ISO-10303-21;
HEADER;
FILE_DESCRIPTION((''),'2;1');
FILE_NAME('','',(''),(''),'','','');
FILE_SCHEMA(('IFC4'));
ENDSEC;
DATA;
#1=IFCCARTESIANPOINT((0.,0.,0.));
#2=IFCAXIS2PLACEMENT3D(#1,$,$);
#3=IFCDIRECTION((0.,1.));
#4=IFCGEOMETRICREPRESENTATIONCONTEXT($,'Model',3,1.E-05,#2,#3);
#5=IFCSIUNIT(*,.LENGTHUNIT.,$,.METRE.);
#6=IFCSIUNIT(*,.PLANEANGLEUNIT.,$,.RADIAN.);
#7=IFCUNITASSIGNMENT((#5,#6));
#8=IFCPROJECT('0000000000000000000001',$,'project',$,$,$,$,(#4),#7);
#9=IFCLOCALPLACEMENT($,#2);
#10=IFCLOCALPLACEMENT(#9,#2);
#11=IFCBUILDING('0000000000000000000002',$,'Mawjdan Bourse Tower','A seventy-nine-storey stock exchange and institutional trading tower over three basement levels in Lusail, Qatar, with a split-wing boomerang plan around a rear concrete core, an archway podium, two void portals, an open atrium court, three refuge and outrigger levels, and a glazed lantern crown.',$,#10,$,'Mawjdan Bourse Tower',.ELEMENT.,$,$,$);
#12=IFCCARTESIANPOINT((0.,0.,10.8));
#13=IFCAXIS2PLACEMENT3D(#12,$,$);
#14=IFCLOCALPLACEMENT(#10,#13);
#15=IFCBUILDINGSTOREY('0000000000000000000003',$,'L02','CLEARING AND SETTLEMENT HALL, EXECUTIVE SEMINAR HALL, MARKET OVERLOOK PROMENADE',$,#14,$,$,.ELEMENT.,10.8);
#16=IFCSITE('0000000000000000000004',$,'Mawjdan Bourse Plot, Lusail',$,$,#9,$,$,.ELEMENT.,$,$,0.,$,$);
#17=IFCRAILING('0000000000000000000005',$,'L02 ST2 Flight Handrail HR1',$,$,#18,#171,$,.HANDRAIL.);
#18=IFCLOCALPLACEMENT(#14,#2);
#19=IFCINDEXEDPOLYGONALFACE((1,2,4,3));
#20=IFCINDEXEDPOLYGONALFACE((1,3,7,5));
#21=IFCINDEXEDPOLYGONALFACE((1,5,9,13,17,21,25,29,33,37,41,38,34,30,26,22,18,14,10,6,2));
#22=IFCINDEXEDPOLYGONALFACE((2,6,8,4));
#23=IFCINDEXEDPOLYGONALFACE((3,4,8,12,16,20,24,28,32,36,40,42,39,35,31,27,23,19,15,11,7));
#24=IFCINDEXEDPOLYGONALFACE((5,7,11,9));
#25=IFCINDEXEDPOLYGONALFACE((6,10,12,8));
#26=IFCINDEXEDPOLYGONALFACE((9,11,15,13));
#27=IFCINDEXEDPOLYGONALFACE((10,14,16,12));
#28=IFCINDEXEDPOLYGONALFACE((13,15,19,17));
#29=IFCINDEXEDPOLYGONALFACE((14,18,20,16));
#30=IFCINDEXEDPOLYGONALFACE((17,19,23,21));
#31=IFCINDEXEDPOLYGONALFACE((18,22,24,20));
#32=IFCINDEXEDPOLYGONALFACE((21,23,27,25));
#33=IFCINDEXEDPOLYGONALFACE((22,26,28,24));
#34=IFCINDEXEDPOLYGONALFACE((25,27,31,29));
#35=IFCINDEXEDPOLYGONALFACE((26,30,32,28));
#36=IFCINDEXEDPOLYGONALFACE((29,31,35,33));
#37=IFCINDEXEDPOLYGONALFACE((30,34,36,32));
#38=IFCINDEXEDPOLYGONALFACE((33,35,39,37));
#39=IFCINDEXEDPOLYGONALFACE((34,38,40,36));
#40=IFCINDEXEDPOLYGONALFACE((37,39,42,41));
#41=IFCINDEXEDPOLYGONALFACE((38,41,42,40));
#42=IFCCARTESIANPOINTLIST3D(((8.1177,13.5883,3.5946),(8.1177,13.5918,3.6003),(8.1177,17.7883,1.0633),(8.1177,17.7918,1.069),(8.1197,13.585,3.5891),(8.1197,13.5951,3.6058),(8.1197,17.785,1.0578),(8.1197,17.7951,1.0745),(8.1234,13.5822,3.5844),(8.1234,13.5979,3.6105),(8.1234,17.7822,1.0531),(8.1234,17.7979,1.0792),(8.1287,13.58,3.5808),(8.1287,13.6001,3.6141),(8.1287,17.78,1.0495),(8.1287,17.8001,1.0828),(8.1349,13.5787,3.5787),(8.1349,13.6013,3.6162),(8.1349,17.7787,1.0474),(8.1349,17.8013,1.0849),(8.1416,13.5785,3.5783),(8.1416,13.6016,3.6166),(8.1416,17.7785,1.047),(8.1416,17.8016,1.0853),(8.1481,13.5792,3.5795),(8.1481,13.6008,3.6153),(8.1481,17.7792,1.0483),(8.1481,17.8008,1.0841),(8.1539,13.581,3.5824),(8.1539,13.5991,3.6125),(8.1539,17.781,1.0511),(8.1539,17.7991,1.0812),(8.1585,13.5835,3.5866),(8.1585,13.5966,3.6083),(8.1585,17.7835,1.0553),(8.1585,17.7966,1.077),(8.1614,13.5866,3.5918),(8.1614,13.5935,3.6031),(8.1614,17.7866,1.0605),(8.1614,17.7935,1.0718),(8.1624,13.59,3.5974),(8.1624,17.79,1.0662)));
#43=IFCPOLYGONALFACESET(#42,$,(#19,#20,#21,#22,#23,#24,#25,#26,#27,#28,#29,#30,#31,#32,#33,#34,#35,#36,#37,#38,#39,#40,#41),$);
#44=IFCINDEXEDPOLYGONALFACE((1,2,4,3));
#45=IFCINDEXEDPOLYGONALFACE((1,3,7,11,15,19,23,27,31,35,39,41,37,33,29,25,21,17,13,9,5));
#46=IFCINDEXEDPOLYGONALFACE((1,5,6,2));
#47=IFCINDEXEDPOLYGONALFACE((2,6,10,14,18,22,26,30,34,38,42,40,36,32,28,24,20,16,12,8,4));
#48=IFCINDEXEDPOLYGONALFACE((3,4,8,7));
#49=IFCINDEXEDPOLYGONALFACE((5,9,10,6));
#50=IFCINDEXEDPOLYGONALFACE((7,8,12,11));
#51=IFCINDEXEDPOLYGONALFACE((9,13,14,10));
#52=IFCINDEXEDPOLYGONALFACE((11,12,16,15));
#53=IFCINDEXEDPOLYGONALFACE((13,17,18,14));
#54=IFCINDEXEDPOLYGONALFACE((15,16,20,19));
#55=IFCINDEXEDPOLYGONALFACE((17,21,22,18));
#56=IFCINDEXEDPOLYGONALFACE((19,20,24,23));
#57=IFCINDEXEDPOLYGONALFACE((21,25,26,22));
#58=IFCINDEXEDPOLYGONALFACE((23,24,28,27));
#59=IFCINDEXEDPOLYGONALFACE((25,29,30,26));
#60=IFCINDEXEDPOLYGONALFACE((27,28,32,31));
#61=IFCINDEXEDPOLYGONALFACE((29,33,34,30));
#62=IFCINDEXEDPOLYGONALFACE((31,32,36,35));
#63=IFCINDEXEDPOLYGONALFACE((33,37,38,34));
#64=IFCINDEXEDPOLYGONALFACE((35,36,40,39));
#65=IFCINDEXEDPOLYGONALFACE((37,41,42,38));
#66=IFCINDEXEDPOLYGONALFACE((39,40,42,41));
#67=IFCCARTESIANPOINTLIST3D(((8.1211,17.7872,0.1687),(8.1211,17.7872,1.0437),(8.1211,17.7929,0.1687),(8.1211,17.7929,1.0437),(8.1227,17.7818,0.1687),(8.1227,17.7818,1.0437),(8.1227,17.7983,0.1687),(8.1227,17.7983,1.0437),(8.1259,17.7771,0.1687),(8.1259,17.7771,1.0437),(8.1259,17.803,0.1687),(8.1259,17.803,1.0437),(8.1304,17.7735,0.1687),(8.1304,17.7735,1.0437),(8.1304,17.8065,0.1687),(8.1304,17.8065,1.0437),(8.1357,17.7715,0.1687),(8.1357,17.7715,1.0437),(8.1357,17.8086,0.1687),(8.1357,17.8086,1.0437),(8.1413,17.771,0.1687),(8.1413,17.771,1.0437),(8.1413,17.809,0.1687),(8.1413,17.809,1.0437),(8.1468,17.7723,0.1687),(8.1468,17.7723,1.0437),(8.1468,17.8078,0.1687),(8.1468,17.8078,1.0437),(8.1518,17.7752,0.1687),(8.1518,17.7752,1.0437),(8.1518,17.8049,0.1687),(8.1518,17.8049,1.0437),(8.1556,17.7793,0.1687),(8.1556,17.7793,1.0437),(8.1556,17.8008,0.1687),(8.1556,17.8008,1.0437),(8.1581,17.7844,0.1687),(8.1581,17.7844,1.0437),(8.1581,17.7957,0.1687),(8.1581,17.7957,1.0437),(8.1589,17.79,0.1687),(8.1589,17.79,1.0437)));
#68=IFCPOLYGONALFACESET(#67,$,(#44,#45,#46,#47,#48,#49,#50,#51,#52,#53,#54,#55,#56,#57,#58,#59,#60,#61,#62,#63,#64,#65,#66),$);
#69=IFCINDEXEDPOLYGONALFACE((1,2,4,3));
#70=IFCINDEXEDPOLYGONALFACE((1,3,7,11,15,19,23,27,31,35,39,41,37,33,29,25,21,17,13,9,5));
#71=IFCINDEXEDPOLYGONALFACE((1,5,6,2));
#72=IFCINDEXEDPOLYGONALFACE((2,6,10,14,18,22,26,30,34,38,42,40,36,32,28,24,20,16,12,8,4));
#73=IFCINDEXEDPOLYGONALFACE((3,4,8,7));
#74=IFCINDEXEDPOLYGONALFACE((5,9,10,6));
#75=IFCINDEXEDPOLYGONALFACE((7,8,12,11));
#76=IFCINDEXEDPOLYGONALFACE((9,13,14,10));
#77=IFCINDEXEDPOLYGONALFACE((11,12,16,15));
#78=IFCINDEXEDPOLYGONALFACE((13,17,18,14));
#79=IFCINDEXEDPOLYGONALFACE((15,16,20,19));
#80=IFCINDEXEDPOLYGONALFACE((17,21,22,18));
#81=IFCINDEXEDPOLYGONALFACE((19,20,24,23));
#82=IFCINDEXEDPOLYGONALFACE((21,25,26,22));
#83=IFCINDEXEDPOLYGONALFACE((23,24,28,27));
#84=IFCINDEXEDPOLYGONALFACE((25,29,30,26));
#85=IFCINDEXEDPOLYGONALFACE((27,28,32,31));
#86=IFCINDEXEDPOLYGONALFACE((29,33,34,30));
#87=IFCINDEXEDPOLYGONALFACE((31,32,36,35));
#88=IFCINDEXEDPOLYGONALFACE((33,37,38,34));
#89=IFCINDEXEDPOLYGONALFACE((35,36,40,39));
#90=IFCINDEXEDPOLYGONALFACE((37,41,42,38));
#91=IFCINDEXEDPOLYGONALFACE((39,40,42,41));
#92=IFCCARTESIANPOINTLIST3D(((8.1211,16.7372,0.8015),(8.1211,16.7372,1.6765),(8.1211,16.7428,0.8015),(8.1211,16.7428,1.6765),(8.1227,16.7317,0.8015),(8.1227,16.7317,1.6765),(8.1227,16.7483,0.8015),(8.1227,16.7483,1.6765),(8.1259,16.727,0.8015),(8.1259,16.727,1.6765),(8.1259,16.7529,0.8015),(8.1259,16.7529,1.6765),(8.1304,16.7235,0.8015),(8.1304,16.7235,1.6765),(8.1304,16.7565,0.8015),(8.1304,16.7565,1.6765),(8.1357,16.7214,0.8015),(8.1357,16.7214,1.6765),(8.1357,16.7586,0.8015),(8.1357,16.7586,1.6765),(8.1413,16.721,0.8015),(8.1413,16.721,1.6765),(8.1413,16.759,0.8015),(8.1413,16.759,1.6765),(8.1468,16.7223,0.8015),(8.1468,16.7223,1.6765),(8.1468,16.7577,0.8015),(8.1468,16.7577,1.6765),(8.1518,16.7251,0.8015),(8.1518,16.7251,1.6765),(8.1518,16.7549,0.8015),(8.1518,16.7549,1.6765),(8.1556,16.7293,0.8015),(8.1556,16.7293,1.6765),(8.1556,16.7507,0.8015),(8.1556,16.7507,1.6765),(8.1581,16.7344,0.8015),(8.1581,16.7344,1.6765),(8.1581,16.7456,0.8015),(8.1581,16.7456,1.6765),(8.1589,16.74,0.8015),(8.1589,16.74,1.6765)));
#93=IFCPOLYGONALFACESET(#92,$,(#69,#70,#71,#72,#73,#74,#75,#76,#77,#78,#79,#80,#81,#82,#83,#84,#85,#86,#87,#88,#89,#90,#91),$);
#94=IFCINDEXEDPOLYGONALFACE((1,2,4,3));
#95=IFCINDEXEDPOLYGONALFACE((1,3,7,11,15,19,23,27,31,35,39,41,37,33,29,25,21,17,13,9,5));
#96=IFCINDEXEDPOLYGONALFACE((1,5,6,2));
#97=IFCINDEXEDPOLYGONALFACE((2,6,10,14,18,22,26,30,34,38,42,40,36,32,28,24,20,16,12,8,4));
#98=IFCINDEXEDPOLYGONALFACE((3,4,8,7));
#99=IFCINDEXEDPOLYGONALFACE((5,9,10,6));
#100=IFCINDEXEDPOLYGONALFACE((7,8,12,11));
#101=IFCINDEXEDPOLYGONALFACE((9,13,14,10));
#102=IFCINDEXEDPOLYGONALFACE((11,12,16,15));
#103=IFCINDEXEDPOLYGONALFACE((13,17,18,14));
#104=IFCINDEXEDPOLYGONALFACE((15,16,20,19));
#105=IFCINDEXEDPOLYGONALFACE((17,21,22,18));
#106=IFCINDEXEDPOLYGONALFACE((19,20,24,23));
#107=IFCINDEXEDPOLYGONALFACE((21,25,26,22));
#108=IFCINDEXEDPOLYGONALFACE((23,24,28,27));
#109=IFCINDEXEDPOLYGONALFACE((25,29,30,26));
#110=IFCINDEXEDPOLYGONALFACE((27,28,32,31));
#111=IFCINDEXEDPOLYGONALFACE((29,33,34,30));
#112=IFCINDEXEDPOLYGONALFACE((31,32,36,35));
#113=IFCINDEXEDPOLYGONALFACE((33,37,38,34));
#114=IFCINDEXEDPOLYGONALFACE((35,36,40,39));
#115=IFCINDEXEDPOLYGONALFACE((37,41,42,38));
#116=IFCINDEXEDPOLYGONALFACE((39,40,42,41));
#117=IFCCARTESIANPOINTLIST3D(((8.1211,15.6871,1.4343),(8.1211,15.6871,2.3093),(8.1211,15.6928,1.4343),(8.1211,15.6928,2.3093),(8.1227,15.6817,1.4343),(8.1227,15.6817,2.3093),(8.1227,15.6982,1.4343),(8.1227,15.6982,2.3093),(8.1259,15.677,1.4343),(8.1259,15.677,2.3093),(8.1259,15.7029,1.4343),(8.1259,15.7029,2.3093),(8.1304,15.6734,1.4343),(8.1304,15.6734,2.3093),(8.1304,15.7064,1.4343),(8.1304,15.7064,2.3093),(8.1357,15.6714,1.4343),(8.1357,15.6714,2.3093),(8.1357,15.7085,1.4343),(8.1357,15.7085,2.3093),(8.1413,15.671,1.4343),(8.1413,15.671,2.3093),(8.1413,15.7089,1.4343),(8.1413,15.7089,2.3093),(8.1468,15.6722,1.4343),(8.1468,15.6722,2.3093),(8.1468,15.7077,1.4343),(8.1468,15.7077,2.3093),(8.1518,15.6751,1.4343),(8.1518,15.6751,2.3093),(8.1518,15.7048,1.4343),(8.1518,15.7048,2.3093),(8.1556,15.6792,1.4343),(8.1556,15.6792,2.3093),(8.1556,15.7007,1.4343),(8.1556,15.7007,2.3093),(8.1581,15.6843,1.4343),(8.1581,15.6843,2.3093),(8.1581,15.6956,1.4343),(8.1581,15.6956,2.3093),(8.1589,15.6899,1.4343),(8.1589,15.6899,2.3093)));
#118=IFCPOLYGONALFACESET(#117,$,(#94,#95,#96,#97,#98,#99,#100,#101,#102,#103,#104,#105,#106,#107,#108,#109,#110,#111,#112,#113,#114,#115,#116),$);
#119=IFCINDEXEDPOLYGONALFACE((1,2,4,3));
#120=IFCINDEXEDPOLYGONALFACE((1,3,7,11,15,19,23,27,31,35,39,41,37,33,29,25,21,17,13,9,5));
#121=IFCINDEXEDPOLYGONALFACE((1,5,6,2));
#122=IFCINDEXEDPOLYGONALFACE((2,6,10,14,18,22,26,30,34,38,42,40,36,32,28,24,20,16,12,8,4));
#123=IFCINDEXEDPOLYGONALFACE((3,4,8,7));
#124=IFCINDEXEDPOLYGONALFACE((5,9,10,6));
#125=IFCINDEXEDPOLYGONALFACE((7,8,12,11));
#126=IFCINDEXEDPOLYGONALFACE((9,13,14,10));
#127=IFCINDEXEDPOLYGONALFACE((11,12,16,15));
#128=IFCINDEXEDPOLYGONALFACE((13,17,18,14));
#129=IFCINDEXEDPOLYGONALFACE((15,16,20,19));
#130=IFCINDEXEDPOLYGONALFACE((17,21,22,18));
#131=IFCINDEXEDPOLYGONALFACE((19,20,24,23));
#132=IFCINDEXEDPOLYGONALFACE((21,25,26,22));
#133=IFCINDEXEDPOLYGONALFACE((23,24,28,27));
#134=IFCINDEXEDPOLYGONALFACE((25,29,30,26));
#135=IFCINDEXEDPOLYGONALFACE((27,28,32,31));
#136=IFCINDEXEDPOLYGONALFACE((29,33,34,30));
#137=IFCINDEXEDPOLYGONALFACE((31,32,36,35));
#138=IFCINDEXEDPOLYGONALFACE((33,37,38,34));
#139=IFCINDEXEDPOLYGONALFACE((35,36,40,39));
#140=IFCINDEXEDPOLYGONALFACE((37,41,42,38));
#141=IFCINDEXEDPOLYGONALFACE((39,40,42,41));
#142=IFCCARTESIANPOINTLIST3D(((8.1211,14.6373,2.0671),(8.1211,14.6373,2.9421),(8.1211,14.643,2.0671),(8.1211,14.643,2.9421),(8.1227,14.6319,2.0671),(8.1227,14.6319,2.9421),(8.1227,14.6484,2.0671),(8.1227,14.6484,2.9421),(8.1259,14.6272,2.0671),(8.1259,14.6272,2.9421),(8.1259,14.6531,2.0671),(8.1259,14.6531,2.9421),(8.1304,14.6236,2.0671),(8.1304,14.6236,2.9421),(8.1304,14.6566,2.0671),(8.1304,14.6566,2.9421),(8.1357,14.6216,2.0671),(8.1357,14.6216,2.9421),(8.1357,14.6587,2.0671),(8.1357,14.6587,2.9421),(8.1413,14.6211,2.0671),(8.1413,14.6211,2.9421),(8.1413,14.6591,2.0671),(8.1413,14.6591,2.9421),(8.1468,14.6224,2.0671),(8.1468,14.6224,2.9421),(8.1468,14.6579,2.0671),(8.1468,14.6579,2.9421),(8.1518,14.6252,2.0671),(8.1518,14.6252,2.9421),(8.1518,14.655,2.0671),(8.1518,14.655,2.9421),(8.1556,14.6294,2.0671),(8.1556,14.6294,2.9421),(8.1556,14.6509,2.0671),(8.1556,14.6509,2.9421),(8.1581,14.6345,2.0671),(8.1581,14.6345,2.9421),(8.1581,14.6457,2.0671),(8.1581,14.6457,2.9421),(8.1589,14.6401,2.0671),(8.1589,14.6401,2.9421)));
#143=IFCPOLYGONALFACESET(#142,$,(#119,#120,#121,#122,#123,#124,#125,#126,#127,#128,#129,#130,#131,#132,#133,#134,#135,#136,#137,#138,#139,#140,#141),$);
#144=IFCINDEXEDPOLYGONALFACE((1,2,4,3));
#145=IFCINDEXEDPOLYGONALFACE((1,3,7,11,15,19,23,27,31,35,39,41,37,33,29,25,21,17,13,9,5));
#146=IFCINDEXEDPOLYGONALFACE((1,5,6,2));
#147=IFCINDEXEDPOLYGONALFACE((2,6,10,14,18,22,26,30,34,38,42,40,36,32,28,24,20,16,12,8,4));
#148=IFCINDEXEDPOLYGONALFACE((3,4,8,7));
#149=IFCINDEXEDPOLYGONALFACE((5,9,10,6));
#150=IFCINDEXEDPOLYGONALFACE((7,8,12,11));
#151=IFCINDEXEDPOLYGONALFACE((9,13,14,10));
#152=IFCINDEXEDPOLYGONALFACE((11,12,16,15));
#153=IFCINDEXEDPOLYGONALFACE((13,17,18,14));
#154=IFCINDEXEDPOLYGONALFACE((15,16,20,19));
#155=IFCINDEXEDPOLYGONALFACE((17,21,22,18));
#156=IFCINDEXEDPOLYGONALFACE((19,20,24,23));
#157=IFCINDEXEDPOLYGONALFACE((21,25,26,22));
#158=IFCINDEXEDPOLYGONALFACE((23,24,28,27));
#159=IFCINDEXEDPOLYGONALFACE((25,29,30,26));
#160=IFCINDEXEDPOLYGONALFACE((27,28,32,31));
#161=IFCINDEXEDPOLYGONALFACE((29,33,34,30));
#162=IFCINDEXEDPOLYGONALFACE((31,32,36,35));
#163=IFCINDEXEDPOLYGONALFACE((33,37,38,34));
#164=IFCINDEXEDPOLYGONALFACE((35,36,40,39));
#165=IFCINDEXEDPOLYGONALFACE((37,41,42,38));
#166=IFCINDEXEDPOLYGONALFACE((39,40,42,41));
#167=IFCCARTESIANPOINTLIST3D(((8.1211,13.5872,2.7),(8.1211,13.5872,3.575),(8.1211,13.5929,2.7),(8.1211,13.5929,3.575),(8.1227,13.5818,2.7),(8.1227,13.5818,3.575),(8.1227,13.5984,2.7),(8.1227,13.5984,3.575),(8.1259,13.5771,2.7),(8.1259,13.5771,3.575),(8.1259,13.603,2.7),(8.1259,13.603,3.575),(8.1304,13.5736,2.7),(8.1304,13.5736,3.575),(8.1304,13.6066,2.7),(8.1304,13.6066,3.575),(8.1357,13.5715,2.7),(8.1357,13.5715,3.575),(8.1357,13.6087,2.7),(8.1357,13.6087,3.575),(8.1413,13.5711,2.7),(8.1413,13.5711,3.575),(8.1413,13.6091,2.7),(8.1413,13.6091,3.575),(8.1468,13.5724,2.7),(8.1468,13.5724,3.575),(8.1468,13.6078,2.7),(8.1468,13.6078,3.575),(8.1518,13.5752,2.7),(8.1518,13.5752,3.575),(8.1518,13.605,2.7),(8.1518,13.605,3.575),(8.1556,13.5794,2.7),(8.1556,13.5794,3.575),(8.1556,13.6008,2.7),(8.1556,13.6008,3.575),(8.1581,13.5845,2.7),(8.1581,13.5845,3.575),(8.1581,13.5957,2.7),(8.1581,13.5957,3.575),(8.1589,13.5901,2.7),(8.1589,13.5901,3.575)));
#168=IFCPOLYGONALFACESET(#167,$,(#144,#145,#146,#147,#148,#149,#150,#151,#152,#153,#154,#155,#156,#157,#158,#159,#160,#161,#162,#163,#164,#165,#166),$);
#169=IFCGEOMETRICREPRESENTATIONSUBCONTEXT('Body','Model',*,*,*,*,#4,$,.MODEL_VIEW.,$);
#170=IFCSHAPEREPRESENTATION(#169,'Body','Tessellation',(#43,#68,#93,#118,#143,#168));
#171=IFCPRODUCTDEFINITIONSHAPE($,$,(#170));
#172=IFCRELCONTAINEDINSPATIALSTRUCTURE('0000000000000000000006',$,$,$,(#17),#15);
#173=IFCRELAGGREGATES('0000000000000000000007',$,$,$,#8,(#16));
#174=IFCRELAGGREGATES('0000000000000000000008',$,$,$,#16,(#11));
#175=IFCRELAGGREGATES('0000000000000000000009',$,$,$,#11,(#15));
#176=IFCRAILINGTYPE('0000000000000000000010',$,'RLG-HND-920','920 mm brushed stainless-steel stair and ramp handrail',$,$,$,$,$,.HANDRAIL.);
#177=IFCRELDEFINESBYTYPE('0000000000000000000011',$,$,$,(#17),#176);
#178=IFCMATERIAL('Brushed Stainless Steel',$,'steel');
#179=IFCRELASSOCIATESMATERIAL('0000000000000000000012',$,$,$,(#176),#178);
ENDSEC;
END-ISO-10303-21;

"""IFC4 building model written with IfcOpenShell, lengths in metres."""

from ifc_helpers import new_model, si_unit, direction, frame, origin, origin_2d, place, context, subcontext, project, spatial, circle, extrude, material, type_object, element, save


model = new_model("IFC4")

# Units and contexts
model_context = context("Model", 3, precision=1e-05, world=origin(), true_north=direction((0.0, 1.0)))
body_context = subcontext(model_context, "Body", "Model", "MODEL_VIEW")
ifc_project = project(units=[si_unit("LENGTHUNIT", "METRE"), si_unit("PLANEANGLEUNIT", "RADIAN")], contexts=[model_context])

# Site, building, storey
site_placement = place(None, origin())
site = spatial("IfcSite", under=ifc_project, at=site_placement, Name="Mawjdan Bourse Plot, Lusail", CompositionType="ELEMENT", RefElevation=0.0)
building_placement = place(site_placement, origin())
building = spatial("IfcBuilding", under=site, at=building_placement, Name="Mawjdan Bourse Tower", Description="A seventy-nine-storey stock exchange and institutional trading tower over three basement levels in Lusail, Qatar, with a split-wing boomerang plan around a rear concrete core, an archway podium, two void portals, an open atrium court, three refuge and outrigger levels, and a glazed lantern crown.", LongName="Mawjdan Bourse Tower", CompositionType="ELEMENT")
storey_placement = place(building_placement, frame((0.0, 0.0, 10.8)))
storey = spatial("IfcBuildingStorey", under=building, at=storey_placement, Name="L02", Description="CLEARING AND SETTLEMENT HALL, EXECUTIVE SEMINAR HALL, MARKET OVERLOOK PROMENADE", CompositionType="ELEMENT", Elevation=10.8)

# Railing
ifc_material_1 = material(Name="Brushed Stainless Steel", Category="steel")
railing_type_1 = type_object("IfcRailingType", Name="RLG-HND-920", Description="920 mm brushed stainless-steel stair and ramp handrail", PredefinedType="HANDRAIL", material=ifc_material_1)
for number, where, name in (
    (1, (8.1399, 17.79, 0.1687), "L02 ST2 Flight Handrail HR1"),
):
    element("IfcRailing", number, at=place(storey_placement, frame(where)), inside=storey, type_object=railing_type_1, Name=name, PredefinedType="HANDRAIL", context=body_context, shape_type="SweptSolid", body=[
        extrude(circle(Radius=0.0225, at=origin_2d()), frame((0.0, 0.0, 0.8975), z_axis=(0.0, -0.856476, 0.516186), x_axis=(1.0, 0.0, 0.0)), (0.0, 0.0, 1.0), 4.9038),
        extrude(circle(Radius=0.019, at=origin_2d()), origin(), (0.0, 0.0, 1.0), 0.875),
        extrude(circle(Radius=0.019, at=origin_2d()), frame((0.0, -1.05, 0.6328)), (0.0, 0.0, 1.0), 0.875),
        extrude(circle(Radius=0.019, at=origin_2d()), frame((0.0, -2.1001, 1.2656)), (0.0, 0.0, 1.0), 0.875),
        extrude(circle(Radius=0.019, at=origin_2d()), frame((0.0, -3.1499, 1.8984)), (0.0, 0.0, 1.0), 0.875),
        extrude(circle(Radius=0.019, at=origin_2d()), frame((0.0, -4.2, 2.5312)), (0.0, 0.0, 1.0), 0.875),
    ])

save(model, "model.ifc")
